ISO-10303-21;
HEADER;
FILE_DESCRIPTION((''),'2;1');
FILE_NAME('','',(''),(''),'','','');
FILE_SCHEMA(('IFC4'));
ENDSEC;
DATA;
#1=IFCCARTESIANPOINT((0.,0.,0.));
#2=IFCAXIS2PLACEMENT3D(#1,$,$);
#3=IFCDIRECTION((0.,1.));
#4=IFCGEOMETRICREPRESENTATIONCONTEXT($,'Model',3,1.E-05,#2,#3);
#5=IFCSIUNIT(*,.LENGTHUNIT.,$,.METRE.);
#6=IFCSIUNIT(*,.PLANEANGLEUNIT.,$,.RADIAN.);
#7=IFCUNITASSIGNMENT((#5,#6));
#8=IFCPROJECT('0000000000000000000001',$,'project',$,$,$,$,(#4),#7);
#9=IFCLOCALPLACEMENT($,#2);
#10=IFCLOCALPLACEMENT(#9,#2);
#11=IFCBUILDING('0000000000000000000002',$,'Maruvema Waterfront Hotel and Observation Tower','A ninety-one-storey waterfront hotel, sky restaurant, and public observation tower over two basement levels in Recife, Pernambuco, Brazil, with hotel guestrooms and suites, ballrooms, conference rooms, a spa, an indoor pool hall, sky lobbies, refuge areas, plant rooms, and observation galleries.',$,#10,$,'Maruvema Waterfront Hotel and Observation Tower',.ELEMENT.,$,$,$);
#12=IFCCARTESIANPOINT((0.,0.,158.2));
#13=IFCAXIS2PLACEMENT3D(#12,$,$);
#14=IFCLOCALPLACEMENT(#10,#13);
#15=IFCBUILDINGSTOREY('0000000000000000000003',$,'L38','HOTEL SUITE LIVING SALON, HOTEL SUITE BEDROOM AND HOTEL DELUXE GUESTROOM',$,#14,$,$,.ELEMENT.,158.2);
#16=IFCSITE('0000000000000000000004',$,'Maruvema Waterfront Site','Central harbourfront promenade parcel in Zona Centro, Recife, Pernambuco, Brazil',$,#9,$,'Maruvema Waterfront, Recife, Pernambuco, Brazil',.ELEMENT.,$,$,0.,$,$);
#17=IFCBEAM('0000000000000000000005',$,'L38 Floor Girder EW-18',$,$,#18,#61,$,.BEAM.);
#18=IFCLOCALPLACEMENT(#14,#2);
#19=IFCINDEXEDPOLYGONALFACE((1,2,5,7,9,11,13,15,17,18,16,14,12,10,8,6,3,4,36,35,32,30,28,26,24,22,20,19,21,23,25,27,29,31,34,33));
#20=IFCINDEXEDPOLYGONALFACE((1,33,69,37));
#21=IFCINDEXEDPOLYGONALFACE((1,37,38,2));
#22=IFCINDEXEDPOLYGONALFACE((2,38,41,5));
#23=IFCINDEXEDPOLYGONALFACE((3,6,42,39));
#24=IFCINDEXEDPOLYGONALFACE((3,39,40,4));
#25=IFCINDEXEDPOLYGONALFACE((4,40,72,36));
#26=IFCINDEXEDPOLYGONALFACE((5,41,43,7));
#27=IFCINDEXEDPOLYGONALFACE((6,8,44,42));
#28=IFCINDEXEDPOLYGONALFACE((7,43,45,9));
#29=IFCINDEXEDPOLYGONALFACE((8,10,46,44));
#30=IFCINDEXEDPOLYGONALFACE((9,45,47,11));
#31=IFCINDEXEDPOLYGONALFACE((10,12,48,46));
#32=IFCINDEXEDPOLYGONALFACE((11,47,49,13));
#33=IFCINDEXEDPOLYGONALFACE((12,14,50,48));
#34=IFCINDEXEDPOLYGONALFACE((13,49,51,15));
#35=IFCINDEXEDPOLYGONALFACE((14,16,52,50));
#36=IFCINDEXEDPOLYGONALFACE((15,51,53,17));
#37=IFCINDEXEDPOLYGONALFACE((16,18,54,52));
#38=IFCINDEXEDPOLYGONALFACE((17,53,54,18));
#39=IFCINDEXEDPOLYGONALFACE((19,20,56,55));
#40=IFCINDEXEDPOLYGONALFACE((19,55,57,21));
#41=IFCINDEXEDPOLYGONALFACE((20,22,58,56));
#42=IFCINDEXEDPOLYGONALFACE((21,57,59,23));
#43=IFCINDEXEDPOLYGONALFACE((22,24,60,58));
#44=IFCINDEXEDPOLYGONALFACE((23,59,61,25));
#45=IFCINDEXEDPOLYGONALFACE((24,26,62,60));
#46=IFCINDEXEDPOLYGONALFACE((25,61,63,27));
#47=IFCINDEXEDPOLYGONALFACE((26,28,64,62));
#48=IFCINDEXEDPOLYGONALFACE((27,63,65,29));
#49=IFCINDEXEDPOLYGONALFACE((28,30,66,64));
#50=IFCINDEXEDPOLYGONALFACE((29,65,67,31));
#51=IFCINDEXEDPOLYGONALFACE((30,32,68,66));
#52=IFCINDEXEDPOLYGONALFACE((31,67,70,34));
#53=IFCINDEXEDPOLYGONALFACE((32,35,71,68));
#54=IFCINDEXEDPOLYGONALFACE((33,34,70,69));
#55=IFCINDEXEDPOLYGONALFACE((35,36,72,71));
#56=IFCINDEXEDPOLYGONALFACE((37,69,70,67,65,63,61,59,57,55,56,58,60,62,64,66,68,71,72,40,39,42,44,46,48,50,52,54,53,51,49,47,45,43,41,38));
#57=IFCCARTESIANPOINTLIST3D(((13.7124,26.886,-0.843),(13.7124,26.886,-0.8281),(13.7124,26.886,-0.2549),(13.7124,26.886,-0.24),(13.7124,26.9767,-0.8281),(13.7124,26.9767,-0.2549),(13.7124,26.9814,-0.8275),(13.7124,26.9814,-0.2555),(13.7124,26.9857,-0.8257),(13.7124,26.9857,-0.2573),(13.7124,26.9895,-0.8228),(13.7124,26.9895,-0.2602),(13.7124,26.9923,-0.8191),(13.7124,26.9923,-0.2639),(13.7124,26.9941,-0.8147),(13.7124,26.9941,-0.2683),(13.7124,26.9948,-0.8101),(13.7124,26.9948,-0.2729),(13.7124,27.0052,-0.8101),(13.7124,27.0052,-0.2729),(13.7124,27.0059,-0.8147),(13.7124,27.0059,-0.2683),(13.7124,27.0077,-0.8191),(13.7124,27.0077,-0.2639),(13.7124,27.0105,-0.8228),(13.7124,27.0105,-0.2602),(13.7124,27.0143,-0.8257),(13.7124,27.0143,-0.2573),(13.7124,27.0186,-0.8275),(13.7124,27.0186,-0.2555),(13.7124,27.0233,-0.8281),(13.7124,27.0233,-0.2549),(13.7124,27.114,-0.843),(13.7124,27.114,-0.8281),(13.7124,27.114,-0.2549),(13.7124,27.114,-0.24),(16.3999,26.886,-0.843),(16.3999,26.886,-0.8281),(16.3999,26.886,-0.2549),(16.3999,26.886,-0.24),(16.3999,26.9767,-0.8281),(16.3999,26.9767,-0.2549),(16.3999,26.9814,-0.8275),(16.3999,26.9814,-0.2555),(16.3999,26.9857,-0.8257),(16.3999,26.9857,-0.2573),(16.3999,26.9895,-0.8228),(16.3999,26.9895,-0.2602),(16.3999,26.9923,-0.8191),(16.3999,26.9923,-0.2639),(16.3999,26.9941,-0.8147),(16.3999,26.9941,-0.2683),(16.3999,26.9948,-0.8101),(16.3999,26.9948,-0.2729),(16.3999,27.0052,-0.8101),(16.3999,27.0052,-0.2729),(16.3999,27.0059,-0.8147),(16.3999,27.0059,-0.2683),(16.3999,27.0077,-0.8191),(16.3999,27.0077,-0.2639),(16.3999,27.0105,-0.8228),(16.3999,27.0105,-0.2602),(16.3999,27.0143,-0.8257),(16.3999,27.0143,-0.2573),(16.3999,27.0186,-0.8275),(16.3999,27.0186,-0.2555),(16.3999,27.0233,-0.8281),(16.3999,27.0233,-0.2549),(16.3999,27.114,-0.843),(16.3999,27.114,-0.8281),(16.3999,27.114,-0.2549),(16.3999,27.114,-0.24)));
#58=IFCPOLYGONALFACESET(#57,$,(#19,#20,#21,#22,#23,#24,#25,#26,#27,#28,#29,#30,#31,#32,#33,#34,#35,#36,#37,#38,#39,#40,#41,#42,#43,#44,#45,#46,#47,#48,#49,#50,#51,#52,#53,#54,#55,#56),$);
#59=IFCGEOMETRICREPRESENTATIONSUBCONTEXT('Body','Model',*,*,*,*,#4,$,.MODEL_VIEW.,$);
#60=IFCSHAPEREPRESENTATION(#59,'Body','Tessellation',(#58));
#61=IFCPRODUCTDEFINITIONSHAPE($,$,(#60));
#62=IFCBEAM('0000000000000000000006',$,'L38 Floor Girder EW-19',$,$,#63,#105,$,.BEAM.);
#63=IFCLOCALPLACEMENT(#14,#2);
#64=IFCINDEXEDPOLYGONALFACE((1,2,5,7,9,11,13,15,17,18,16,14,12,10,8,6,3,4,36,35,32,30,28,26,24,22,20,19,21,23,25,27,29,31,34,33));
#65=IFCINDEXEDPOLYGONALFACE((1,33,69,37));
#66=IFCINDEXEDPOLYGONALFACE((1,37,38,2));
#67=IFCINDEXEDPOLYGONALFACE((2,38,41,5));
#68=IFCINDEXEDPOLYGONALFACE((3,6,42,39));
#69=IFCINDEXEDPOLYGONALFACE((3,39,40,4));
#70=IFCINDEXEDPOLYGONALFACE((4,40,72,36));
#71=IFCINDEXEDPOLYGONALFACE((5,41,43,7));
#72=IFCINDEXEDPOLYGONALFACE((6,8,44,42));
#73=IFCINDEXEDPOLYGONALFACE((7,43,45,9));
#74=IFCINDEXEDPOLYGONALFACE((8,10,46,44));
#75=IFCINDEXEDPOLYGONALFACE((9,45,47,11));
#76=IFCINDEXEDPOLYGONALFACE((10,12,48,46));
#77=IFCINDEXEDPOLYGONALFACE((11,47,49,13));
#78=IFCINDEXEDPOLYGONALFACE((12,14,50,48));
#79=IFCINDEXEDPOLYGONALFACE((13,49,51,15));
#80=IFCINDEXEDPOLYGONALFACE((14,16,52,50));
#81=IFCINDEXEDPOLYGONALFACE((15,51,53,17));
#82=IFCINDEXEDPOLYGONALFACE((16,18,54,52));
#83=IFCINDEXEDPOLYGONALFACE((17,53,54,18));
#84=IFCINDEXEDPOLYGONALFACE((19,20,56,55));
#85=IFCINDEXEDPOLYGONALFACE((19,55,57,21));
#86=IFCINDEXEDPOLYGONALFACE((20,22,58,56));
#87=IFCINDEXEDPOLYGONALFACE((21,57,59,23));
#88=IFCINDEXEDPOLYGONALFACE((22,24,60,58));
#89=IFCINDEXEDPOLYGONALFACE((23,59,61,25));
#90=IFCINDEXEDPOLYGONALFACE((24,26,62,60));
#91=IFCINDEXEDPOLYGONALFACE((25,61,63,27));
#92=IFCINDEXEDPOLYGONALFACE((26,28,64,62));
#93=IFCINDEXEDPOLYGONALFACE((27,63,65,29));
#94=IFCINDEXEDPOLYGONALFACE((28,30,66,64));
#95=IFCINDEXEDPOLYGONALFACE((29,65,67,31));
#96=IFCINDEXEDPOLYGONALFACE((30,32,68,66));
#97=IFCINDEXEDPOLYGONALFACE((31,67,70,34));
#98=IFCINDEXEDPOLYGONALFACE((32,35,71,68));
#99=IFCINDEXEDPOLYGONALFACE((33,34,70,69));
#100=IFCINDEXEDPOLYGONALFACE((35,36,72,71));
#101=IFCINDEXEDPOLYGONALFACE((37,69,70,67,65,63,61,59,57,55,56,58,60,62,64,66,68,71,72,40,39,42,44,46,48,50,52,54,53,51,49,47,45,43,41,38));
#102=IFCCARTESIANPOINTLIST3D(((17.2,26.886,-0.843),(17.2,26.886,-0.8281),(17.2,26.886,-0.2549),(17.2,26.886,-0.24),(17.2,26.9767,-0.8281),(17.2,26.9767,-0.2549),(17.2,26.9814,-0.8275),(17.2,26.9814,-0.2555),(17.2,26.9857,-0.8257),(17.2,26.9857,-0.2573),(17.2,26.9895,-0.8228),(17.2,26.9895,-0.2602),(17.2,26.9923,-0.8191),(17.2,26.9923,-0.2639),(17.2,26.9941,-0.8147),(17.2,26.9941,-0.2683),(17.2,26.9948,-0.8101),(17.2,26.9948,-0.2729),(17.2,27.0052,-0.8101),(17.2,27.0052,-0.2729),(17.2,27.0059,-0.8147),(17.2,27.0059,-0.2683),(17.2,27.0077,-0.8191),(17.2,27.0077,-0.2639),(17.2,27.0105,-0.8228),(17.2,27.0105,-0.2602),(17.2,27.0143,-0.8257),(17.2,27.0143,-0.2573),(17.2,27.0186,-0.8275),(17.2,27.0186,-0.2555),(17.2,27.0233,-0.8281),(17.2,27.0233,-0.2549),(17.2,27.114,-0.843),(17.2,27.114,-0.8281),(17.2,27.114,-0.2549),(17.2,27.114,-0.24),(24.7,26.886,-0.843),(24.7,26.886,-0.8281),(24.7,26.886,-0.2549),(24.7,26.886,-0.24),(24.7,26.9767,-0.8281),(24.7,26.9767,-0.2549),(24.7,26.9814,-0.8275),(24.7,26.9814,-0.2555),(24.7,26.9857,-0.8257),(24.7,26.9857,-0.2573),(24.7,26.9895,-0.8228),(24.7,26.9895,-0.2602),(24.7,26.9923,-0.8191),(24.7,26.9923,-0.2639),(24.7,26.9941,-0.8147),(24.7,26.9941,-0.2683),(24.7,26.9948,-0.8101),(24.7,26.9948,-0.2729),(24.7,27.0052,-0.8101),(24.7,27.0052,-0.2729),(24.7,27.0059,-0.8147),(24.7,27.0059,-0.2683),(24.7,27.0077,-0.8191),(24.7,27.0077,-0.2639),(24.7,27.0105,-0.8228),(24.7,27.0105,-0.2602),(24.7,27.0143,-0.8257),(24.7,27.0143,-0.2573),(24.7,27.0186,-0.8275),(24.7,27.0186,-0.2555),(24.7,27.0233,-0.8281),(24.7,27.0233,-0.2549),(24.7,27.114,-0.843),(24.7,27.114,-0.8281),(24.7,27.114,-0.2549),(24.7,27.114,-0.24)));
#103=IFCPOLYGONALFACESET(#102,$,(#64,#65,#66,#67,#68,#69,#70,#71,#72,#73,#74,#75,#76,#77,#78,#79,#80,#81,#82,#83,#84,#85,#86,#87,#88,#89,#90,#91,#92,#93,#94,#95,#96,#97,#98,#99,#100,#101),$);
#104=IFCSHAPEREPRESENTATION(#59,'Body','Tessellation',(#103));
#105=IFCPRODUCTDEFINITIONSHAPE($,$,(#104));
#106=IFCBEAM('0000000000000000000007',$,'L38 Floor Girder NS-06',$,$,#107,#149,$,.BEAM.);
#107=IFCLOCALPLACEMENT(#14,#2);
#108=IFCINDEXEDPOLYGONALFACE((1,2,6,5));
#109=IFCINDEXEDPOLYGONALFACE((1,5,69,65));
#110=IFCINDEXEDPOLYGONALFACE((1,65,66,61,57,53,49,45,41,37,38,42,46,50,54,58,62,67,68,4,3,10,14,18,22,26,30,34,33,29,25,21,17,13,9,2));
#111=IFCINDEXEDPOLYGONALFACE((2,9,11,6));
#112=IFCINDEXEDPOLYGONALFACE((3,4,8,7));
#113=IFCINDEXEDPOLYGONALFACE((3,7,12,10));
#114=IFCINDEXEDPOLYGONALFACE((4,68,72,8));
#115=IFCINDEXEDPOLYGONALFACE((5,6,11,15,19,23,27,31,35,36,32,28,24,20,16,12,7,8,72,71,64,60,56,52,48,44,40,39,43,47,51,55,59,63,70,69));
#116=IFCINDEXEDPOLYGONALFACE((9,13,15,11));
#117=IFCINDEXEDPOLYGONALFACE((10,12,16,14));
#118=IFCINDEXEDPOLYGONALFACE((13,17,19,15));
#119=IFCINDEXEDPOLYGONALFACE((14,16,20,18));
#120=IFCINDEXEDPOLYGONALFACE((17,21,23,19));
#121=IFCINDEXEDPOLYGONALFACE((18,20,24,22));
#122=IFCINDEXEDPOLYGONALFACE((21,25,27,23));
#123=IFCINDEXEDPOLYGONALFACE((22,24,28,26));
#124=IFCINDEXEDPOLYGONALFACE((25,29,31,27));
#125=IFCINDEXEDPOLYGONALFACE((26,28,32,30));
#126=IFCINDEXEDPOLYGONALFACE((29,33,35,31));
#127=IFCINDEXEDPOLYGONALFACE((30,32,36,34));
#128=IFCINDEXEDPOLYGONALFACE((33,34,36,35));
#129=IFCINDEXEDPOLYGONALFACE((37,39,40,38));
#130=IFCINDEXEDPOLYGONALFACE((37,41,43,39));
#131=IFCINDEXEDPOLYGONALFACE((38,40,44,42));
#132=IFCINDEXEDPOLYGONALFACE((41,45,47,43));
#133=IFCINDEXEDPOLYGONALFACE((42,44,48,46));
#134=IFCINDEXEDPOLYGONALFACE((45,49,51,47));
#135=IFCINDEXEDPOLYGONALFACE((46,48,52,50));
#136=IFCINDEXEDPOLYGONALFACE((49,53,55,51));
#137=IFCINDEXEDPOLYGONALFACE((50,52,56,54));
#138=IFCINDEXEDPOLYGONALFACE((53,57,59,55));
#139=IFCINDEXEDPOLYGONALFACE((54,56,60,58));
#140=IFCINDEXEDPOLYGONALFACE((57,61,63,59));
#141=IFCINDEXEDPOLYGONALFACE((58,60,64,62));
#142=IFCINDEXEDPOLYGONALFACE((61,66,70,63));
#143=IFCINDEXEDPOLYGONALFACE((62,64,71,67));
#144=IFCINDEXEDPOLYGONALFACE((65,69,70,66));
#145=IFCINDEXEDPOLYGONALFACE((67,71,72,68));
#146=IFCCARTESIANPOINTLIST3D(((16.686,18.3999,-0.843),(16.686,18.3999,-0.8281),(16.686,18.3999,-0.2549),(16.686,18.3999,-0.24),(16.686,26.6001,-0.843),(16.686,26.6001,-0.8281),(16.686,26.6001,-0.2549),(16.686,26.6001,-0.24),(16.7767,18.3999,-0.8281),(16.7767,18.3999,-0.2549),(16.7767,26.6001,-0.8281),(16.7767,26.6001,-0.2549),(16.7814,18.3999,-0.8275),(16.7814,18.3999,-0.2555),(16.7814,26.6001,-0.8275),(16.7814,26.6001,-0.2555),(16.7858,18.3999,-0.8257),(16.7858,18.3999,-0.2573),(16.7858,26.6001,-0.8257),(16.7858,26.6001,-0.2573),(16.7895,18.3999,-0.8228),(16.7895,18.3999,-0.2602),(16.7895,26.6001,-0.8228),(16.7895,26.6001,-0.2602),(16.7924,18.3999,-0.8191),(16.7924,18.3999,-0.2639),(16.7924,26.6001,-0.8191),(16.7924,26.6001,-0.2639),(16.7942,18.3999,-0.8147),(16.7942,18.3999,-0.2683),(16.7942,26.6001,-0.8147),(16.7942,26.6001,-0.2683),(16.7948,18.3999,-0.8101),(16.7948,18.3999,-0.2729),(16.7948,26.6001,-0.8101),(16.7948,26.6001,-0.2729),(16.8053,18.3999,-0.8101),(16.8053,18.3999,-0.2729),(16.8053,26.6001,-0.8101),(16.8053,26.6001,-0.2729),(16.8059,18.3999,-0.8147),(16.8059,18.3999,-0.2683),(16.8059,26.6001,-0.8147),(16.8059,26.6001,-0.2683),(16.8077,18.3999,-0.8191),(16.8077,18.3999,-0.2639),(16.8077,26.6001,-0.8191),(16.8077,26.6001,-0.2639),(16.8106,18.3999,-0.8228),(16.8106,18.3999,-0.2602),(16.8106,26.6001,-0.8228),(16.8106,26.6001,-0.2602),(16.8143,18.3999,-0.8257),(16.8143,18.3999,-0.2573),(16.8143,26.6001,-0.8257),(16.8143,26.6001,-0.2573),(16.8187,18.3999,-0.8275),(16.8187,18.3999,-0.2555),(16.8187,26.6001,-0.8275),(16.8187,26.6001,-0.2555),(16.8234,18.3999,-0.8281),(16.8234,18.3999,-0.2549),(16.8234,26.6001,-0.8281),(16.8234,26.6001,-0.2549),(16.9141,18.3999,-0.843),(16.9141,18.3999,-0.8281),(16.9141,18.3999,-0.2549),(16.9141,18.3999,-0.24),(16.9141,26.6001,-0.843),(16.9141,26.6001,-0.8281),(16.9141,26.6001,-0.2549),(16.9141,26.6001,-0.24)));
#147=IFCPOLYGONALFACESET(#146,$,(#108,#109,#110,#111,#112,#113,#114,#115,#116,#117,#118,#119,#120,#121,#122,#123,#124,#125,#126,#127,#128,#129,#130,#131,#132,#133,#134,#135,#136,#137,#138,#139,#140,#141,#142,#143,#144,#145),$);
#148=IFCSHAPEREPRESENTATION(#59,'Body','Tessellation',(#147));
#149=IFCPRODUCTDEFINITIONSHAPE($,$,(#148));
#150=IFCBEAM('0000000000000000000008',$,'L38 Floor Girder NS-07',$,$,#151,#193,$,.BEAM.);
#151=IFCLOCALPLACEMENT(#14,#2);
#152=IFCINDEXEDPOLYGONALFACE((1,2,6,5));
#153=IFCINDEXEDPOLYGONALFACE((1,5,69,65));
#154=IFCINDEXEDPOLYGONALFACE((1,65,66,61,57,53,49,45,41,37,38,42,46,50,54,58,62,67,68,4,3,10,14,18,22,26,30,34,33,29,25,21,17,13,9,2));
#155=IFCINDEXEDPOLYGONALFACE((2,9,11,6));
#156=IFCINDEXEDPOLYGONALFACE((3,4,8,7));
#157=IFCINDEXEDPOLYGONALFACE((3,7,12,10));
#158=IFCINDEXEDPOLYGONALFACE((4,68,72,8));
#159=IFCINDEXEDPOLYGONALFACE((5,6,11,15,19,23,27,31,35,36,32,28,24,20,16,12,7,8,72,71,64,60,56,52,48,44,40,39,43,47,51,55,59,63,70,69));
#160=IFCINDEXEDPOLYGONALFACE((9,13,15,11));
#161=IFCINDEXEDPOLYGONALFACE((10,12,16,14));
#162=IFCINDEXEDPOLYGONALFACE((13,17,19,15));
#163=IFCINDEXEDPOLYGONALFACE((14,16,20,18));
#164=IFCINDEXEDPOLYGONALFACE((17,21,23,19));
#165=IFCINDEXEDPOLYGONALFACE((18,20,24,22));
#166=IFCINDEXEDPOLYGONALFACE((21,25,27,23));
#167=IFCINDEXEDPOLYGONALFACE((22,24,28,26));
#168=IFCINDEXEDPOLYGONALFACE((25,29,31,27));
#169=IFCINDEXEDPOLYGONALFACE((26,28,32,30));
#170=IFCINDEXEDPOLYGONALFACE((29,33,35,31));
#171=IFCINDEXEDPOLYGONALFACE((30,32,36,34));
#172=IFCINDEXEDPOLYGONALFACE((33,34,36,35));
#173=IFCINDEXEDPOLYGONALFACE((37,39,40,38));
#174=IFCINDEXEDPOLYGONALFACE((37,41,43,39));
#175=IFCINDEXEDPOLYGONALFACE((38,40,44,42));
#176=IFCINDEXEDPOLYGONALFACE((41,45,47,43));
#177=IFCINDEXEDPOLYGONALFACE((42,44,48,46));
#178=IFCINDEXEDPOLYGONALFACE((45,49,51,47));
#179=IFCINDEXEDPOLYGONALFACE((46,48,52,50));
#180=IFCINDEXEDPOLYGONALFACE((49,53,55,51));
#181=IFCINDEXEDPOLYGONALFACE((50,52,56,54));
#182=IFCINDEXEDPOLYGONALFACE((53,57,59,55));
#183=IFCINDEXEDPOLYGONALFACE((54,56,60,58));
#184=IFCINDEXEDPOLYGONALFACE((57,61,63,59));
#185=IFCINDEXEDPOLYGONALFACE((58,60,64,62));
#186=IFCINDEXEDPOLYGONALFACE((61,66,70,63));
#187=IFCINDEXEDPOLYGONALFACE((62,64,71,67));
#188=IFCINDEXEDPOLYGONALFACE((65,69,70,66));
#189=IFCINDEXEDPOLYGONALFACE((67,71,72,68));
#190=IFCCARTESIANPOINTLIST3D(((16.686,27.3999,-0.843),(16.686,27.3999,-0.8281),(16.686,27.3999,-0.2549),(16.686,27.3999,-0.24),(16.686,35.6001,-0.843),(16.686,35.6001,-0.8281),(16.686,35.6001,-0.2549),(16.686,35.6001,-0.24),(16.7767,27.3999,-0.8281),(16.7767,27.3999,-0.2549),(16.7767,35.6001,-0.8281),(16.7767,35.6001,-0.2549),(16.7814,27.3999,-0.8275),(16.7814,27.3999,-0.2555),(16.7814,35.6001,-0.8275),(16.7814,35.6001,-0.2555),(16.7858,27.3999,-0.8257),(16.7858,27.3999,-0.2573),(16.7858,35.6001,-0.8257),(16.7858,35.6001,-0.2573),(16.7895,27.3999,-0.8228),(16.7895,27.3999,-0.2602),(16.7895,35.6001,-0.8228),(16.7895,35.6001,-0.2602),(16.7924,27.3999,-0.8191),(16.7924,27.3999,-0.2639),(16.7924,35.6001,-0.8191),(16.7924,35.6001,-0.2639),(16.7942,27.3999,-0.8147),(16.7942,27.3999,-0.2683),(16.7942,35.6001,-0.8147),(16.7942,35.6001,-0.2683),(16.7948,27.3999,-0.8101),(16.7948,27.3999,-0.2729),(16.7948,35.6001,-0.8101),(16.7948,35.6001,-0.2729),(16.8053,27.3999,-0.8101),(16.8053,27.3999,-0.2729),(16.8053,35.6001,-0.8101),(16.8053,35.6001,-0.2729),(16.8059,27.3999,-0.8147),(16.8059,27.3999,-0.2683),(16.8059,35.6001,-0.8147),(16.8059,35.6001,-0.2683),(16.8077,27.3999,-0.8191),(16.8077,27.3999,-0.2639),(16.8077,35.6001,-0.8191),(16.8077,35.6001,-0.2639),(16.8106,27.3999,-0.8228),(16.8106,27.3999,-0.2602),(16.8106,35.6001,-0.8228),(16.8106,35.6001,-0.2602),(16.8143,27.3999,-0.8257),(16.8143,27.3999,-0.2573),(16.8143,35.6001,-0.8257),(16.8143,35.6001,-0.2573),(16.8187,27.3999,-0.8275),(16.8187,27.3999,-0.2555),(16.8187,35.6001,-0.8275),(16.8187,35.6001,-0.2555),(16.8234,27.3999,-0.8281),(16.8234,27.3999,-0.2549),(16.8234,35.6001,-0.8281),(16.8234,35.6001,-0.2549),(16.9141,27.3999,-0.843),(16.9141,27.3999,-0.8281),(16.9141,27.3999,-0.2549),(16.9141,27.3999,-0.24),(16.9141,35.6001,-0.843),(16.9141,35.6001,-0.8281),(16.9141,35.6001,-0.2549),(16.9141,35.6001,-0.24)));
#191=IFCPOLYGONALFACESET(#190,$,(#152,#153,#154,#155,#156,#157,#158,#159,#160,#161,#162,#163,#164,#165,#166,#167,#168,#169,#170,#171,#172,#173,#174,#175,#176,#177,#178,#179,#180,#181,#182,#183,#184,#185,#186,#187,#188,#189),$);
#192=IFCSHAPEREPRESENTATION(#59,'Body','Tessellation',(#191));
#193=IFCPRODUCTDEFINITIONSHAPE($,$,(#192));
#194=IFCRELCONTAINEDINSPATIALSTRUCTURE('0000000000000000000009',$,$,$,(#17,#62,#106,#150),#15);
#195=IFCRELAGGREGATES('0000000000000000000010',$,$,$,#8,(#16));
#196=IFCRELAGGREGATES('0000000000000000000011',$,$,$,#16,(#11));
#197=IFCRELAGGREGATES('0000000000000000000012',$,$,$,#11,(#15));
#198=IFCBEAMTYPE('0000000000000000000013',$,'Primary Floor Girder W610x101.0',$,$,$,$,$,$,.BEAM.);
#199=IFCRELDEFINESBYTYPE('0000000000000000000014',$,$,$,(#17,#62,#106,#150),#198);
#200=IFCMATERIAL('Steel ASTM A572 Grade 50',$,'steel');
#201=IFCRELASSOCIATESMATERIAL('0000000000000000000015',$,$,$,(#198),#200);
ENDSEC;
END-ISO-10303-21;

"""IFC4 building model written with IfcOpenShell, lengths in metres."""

from ifc_helpers import new_model, si_unit, direction, frame, origin, origin_2d, place, context, subcontext, project, spatial, i_section, extrude, material, material_profile, profile_set, type_object, element, save


model = new_model("IFC4")

# Units and contexts
model_context = context("Model", 3, precision=1e-05, world=origin(), true_north=direction((0.0, 1.0)))
body_context = subcontext(model_context, "Body", "Model", "MODEL_VIEW")
ifc_project = project(units=[si_unit("LENGTHUNIT", "METRE"), si_unit("PLANEANGLEUNIT", "RADIAN")], contexts=[model_context])

# Site, building, storey
site_placement = place(None, origin())
site = spatial("IfcSite", under=ifc_project, at=site_placement, Name="Maruvema Waterfront Site", Description="Central harbourfront promenade parcel in Zona Centro, Recife, Pernambuco, Brazil", LongName="Maruvema Waterfront, Recife, Pernambuco, Brazil", CompositionType="ELEMENT", RefElevation=0.0)
building_placement = place(site_placement, origin())
building = spatial("IfcBuilding", under=site, at=building_placement, Name="Maruvema Waterfront Hotel and Observation Tower", Description="A ninety-one-storey waterfront hotel, sky restaurant, and public observation tower over two basement levels in Recife, Pernambuco, Brazil, with hotel guestrooms and suites, ballrooms, conference rooms, a spa, an indoor pool hall, sky lobbies, refuge areas, plant rooms, and observation galleries.", LongName="Maruvema Waterfront Hotel and Observation Tower", CompositionType="ELEMENT")
storey_placement = place(building_placement, frame((0.0, 0.0, 158.2)))
storey = spatial("IfcBuildingStorey", under=building, at=storey_placement, Name="L38", Description="HOTEL SUITE LIVING SALON, HOTEL SUITE BEDROOM AND HOTEL DELUXE GUESTROOM", CompositionType="ELEMENT", Elevation=158.2)

# Beams
ifc_material_1 = material(Name="Steel ASTM A572 Grade 50", Category="steel")
ifc_material_profile_1 = material_profile(ifc_material_1, i_section(OverallWidth=0.228, OverallDepth=0.603, WebThickness=0.0105, FlangeThickness=0.0149, FilletRadius=0.0181, at=origin_2d()), Name="W610x101.0")
ifc_profile_set_1 = profile_set([ifc_material_profile_1], Name="Steel ASTM A572 Grade 50")
beam_type_1 = type_object("IfcBeamType", Name="Primary Floor Girder W610x101.0", PredefinedType="BEAM", material=ifc_profile_set_1)
beam_1_placement = place(storey_placement, frame((13.7124, 27.0, -0.5415), z_axis=(1.0, 0.0, 0.0), x_axis=(0.0, 1.0, 0.0)))
element("IfcBeam", 1, at=beam_1_placement, inside=storey, type_object=beam_type_1, Name="L38 Floor Girder EW-18", PredefinedType="BEAM", context=body_context, shape_type="SweptSolid", body=[
    extrude(i_section(OverallWidth=0.228, OverallDepth=0.603, WebThickness=0.0105, FlangeThickness=0.0149, FilletRadius=0.0181, at=origin_2d()), origin(), (0.0, 0.0, 1.0), 2.6875),
])
beam_2_placement = place(storey_placement, frame((17.2, 27.0, -0.5415), z_axis=(1.0, 0.0, 0.0), x_axis=(0.0, 1.0, 0.0)))
element("IfcBeam", 2, at=beam_2_placement, inside=storey, type_object=beam_type_1, Name="L38 Floor Girder EW-19", PredefinedType="BEAM", context=body_context, shape_type="SweptSolid", body=[
    extrude(i_section(OverallWidth=0.228, OverallDepth=0.603, WebThickness=0.0105, FlangeThickness=0.0149, FilletRadius=0.0181, at=origin_2d()), origin(), (0.0, 0.0, 1.0), 7.5),
])
for number, where, z_axis, x_axis, name in (
    (3, (16.8, 18.3999, -0.5415), (0.0, 1.0, 0.0), (-1.0, 0.0, 0.0), "L38 Floor Girder NS-06"),
    (4, (16.8, 27.3999, -0.5415), (0.0, 1.0, 0.0), (-1.0, 0.0, 0.0), "L38 Floor Girder NS-07"),
):
    element("IfcBeam", number, at=place(storey_placement, frame(where, z_axis=z_axis, x_axis=x_axis)), inside=storey, type_object=beam_type_1, Name=name, PredefinedType="BEAM", context=body_context, shape_type="SweptSolid", body=[
        extrude(i_section(OverallWidth=0.228, OverallDepth=0.603, WebThickness=0.0105, FlangeThickness=0.0149, FilletRadius=0.0181, at=origin_2d()), origin(), (0.0, 0.0, 1.0), 8.2002),
    ])

save(model, "model.ifc")
